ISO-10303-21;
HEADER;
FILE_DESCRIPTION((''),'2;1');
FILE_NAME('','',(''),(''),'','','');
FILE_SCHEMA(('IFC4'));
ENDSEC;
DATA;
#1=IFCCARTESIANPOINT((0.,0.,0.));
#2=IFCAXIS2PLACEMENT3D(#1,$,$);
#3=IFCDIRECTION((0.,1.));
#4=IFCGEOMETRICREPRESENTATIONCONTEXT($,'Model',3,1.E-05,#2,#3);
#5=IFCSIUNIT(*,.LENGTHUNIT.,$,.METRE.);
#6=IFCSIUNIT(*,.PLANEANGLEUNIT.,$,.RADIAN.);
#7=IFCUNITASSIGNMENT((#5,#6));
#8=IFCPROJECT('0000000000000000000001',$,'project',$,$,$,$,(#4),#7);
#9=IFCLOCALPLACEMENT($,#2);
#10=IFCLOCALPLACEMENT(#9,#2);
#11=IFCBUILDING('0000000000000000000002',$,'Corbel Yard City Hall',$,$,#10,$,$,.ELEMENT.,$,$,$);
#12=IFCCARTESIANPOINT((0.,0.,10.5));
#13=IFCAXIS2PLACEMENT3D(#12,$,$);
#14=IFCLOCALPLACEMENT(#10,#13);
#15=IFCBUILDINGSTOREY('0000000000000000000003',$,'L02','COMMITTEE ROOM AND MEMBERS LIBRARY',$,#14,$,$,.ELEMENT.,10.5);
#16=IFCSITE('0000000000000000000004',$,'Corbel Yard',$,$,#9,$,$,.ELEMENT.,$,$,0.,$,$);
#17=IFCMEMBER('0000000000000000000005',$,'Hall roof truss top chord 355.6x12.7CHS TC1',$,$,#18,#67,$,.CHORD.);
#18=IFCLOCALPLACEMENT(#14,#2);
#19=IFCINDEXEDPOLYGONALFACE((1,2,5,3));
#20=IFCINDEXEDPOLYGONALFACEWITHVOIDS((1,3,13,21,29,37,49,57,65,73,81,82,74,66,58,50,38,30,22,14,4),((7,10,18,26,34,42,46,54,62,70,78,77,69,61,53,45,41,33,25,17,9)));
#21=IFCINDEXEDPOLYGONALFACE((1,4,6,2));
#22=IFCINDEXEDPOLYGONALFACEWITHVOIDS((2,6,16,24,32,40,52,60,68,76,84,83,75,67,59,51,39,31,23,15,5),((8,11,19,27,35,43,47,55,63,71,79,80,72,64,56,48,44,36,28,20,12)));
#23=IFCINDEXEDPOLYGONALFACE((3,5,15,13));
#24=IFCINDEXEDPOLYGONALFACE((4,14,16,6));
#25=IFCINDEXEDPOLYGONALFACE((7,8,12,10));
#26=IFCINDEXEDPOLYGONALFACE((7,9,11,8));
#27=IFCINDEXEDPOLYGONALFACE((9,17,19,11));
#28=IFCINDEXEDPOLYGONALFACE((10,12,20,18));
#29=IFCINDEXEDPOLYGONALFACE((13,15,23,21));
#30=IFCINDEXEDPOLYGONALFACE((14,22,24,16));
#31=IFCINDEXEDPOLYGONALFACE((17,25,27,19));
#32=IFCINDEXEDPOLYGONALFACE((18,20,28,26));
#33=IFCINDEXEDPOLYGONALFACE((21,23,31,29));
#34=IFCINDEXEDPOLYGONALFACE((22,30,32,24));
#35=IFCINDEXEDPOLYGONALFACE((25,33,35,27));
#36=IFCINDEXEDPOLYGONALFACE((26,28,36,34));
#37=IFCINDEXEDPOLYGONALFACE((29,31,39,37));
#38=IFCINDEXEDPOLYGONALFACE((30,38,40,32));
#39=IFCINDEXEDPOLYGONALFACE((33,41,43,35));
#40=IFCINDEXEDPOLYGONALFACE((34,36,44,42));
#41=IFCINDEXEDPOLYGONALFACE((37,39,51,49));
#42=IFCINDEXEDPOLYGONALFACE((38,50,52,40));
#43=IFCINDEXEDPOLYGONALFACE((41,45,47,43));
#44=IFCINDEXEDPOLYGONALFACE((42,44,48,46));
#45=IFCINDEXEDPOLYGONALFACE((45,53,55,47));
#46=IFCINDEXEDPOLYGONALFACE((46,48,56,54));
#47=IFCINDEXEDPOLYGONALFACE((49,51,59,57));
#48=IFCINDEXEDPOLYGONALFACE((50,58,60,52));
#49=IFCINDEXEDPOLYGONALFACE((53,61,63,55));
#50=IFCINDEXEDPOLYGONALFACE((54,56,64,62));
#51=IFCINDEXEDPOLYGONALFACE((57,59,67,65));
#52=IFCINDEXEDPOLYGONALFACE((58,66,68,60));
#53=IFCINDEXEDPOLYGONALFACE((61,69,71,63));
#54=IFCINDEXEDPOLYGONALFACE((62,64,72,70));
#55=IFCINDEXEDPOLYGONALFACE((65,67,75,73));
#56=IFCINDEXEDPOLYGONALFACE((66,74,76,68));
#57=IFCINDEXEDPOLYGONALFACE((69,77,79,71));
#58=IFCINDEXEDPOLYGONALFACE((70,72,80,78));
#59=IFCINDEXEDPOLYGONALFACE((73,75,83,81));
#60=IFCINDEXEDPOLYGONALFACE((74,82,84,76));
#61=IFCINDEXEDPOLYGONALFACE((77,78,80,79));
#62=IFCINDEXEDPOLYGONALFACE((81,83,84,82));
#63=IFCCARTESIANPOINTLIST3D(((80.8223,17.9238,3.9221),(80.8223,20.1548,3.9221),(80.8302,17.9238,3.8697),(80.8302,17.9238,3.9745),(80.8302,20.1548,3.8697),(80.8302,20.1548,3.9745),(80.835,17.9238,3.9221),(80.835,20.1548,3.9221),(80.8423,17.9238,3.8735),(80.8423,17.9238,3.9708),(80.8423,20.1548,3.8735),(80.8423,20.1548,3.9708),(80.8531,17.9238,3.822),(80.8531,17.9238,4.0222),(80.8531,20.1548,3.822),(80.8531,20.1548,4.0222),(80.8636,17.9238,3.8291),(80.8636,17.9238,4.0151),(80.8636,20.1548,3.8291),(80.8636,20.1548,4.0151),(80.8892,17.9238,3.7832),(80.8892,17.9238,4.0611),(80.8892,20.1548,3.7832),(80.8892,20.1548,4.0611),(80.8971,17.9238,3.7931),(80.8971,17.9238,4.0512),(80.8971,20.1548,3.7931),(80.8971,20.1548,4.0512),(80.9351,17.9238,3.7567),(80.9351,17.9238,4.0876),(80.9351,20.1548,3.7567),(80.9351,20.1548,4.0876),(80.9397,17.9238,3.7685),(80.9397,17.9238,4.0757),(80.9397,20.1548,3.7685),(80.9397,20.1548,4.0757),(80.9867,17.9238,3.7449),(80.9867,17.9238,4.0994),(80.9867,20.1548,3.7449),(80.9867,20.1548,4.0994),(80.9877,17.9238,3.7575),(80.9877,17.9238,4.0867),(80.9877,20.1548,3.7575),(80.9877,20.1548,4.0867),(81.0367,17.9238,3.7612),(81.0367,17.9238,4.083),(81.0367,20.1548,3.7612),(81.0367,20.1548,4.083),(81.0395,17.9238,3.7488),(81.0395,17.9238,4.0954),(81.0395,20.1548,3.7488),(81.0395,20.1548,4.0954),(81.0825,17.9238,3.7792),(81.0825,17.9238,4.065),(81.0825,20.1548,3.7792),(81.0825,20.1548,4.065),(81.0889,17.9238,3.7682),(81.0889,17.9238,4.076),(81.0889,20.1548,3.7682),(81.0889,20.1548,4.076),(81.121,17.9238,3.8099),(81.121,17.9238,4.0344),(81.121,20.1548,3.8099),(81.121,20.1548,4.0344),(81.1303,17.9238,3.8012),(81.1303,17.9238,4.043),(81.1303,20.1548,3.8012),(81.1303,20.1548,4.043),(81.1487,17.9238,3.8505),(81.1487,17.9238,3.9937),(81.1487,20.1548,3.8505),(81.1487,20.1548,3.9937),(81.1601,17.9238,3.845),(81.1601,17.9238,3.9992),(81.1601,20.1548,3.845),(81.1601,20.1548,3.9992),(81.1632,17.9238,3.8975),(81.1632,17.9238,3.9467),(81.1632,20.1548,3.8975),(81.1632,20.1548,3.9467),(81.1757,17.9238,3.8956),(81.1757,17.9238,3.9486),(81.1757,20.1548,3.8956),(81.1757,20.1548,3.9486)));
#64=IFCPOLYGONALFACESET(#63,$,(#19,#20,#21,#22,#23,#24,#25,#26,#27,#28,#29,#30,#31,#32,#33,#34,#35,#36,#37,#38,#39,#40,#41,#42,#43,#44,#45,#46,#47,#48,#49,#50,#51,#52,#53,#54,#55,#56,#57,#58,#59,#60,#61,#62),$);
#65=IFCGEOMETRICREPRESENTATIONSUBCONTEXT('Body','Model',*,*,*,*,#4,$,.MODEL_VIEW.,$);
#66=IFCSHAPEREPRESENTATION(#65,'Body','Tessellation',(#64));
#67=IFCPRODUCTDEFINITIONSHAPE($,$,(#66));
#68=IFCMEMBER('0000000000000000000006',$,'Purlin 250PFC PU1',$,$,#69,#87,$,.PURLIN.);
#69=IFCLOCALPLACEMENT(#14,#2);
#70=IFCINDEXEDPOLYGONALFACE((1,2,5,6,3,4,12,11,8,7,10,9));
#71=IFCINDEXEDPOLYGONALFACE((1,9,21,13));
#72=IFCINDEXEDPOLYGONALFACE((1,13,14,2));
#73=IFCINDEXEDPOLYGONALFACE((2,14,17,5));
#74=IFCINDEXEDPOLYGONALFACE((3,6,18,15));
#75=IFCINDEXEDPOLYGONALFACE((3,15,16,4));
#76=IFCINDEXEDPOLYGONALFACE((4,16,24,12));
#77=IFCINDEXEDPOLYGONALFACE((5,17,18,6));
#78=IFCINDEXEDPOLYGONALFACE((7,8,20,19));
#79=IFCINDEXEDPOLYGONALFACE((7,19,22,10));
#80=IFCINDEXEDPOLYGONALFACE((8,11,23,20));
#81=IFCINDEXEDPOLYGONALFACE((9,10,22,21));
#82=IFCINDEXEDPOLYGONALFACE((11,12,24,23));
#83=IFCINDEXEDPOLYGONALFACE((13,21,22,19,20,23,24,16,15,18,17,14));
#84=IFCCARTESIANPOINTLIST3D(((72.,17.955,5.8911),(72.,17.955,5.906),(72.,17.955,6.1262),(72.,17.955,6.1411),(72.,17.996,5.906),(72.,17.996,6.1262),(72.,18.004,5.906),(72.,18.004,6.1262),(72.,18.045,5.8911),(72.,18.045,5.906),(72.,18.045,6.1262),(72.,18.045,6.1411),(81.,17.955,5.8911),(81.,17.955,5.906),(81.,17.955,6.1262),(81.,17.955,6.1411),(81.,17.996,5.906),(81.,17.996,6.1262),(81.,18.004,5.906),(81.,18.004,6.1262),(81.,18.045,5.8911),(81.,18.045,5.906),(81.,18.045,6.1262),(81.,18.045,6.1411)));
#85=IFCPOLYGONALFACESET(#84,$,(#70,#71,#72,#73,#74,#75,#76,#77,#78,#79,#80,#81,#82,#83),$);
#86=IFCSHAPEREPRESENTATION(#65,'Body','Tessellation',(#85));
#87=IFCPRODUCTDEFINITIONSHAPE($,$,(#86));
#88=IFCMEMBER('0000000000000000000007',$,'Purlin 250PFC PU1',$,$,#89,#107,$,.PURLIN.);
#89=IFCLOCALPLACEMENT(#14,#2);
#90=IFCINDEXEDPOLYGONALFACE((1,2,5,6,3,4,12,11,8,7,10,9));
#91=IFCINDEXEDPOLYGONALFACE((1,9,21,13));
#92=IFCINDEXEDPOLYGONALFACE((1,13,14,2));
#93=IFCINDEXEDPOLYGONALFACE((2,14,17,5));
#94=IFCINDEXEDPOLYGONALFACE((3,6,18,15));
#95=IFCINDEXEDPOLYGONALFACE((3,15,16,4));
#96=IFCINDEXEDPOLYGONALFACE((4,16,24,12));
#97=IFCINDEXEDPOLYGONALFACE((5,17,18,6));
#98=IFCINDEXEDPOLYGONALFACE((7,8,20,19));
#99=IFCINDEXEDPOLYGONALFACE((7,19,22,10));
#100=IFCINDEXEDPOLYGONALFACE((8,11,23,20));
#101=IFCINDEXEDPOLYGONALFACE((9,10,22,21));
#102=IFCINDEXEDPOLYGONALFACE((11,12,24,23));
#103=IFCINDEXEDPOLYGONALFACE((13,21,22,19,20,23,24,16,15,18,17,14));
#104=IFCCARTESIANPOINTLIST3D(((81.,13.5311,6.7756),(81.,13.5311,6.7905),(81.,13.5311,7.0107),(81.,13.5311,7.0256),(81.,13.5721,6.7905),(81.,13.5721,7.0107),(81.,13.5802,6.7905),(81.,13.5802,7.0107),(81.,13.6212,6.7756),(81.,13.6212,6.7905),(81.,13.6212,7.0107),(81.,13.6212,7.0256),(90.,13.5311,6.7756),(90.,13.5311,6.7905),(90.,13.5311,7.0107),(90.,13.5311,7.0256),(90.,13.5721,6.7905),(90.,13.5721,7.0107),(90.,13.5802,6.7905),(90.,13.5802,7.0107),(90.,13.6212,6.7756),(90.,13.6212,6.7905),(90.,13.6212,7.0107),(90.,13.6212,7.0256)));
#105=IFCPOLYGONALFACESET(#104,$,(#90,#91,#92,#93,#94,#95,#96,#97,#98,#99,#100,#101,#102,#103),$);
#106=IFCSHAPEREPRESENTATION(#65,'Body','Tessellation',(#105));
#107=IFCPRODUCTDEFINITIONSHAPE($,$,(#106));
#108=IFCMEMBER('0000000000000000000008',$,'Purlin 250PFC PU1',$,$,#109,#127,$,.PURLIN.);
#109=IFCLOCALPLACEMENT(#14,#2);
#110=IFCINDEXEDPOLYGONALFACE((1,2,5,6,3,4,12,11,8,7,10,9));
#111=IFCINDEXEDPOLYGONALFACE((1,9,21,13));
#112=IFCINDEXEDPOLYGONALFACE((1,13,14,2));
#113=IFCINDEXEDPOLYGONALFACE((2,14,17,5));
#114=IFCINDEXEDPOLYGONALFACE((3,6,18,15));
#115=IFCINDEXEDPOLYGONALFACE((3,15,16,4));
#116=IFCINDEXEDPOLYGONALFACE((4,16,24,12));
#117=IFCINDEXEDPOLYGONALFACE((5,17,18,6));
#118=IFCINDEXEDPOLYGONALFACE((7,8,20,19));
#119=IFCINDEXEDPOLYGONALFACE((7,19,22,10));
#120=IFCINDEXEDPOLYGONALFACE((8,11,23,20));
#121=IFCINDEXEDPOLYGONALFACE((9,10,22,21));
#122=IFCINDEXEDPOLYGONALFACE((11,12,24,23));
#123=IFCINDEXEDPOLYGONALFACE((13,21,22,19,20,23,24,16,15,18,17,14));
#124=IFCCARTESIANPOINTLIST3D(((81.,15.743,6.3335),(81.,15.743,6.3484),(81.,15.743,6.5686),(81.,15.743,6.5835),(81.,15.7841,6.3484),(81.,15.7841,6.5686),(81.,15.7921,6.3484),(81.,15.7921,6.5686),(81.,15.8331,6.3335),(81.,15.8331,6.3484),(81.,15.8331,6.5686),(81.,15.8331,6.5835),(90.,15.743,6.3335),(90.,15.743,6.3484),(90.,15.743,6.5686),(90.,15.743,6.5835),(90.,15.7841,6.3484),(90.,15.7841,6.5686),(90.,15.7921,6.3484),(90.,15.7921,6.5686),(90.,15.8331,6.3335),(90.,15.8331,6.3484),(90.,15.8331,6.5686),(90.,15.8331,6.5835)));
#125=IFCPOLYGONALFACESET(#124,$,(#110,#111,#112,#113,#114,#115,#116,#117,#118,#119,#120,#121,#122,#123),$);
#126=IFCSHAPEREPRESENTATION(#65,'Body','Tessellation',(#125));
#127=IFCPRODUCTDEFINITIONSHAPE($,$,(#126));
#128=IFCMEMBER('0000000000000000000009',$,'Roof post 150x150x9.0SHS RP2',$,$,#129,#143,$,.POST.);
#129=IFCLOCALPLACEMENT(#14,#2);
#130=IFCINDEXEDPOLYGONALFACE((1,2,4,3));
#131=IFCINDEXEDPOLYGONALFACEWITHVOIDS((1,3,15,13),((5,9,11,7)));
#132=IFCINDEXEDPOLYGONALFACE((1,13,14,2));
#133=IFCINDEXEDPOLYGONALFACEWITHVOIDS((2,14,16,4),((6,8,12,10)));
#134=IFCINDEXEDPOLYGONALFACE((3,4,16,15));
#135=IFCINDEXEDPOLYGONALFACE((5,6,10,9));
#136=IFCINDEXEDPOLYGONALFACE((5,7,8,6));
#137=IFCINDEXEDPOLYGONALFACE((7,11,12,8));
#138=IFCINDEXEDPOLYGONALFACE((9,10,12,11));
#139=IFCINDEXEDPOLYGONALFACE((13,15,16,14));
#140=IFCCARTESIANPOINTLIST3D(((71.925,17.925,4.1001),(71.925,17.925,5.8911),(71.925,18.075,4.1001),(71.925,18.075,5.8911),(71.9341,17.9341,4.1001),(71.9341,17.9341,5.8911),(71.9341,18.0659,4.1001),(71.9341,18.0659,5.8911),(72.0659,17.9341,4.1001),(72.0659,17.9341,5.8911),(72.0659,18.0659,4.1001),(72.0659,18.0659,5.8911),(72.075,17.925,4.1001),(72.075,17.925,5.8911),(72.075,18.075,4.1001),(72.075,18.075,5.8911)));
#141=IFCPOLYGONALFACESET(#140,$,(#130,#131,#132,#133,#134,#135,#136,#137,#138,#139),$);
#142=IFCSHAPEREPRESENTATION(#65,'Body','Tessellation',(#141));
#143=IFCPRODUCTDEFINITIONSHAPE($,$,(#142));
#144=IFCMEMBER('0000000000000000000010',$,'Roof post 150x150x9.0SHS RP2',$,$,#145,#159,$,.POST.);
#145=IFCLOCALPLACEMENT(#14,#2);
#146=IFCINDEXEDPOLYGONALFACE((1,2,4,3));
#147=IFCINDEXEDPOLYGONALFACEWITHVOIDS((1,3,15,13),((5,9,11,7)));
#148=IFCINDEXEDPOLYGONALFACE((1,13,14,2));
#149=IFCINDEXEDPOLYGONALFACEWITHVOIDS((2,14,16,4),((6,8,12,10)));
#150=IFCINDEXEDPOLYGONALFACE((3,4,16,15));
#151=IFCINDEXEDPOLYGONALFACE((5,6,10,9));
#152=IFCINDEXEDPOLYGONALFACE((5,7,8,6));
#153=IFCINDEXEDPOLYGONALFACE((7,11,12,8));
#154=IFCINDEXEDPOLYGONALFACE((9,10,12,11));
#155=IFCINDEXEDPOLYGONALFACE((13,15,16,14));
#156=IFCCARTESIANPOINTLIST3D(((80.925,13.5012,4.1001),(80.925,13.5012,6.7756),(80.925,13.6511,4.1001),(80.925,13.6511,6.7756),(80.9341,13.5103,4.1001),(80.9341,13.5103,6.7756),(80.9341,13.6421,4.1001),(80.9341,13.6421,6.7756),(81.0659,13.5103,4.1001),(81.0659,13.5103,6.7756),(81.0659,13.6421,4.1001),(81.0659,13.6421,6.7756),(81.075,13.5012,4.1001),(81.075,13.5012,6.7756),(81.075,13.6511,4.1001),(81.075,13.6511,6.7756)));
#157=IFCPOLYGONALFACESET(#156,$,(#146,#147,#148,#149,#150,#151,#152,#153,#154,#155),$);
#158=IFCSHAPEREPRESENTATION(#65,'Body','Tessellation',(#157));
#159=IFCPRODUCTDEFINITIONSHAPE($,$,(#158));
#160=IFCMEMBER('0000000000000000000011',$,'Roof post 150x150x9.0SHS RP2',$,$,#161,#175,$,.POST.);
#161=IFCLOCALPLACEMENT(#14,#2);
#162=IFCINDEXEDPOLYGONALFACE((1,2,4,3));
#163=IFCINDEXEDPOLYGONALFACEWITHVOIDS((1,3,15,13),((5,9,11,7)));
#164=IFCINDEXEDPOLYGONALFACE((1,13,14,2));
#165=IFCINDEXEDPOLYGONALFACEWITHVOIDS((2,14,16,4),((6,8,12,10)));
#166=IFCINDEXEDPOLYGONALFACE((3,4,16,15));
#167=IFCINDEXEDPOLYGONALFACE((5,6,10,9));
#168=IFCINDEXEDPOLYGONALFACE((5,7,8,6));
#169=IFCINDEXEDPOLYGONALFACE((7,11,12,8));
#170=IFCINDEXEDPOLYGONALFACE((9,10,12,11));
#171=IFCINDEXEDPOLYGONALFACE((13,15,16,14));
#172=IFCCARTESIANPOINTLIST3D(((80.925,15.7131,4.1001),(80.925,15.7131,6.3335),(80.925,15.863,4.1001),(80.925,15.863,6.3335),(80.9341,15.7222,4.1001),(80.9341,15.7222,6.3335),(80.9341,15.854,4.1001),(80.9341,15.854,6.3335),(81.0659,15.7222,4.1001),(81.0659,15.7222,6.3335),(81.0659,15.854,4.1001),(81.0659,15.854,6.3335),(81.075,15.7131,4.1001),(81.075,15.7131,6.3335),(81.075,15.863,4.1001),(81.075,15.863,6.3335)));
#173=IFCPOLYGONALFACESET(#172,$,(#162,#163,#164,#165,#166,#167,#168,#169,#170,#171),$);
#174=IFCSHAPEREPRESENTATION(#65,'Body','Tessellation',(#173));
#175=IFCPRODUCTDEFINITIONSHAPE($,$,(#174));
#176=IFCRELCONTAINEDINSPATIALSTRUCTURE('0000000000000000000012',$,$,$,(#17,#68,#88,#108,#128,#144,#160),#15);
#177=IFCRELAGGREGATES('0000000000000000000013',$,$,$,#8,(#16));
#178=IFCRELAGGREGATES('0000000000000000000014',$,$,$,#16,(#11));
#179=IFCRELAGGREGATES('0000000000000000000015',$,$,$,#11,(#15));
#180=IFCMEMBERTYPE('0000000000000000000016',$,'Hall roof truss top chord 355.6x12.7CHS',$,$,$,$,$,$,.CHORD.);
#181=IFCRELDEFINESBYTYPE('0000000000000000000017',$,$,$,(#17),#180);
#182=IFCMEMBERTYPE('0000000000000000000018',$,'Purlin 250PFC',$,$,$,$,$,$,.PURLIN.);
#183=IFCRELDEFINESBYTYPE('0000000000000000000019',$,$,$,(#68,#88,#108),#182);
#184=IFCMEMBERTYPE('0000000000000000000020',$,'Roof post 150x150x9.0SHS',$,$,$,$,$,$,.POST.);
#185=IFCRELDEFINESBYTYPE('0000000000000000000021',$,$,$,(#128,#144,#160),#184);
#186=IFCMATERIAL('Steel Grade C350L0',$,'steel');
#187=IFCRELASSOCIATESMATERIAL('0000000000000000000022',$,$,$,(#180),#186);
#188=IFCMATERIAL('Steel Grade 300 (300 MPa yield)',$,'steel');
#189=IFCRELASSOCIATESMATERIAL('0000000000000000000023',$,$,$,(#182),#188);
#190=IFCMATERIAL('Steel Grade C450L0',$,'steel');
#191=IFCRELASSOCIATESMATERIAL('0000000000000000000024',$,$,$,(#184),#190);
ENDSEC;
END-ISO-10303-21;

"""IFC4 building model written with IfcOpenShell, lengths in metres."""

from ifc_helpers import new_model, si_unit, direction, frame, origin, origin_2d, place, context, subcontext, project, spatial, hollow_rectangle, hollow_circle, i_section, extrude, material, material_profile, profile_set, type_object, element, save


model = new_model("IFC4")

# Units and contexts
model_context = context("Model", 3, precision=1e-05, world=origin(), true_north=direction((0.0, 1.0)))
body_context = subcontext(model_context, "Body", "Model", "MODEL_VIEW")
ifc_project = project(units=[si_unit("LENGTHUNIT", "METRE"), si_unit("PLANEANGLEUNIT", "RADIAN")], contexts=[model_context])

# Site, building, storey
site_placement = place(None, origin())
site = spatial("IfcSite", under=ifc_project, at=site_placement, Name="Corbel Yard", CompositionType="ELEMENT", RefElevation=0.0)
building_placement = place(site_placement, origin())
building = spatial("IfcBuilding", under=site, at=building_placement, Name="Corbel Yard City Hall", CompositionType="ELEMENT")
storey_placement = place(building_placement, frame((0.0, 0.0, 10.5)))
storey = spatial("IfcBuildingStorey", under=building, at=storey_placement, Name="L02", Description="COMMITTEE ROOM AND MEMBERS LIBRARY", CompositionType="ELEMENT", Elevation=10.5)

# Shared definitions
ifc_material_1 = material(Name="Steel Grade 300 (300 MPa yield)", Category="steel")

# Members
ifc_material_2 = material(Name="Steel Grade C350L0", Category="steel")
ifc_material_profile_1 = material_profile(ifc_material_2, hollow_circle(Radius=0.1777, WallThickness=0.0127, at=origin_2d()), Name="355.6x12.7CHS")
ifc_profile_set_1 = profile_set([ifc_material_profile_1], Name="Steel Grade C350L0")
member_type_1 = type_object("IfcMemberType", Name="Hall roof truss top chord 355.6x12.7CHS", PredefinedType="CHORD", material=ifc_profile_set_1)
for number, where, z_axis, x_axis, name in (
    (1, (81.0, 17.9238, 3.9221), (0.0, 1.0, 0.0), (-1.0, 0.0, 0.0), "Hall roof truss top chord 355.6x12.7CHS TC1"),
):
    element("IfcMember", number, at=place(storey_placement, frame(where, z_axis=z_axis, x_axis=x_axis)), inside=storey, type_object=member_type_1, Name=name, PredefinedType="CHORD", context=body_context, shape_type="SweptSolid", body=[
        extrude(hollow_circle(Radius=0.1777, WallThickness=0.0127, at=origin_2d()), origin(), (0.0, 0.0, 1.0), 2.231),
    ])
ifc_material_profile_2 = material_profile(ifc_material_1, i_section(OverallWidth=0.0901, OverallDepth=0.25, WebThickness=0.0081, FlangeThickness=0.0149, at=origin_2d()), Name="250PFC")
ifc_profile_set_2 = profile_set([ifc_material_profile_2], Name="Steel Grade 300 (300 MPa yield)")
member_type_2 = type_object("IfcMemberType", Name="Purlin 250PFC", PredefinedType="PURLIN", material=ifc_profile_set_2)
for number, where, z_axis, x_axis, name in (
    (2, (72.0, 18.0, 6.0161), (1.0, 0.0, 0.0), (0.0, 1.0, 0.0), "Purlin 250PFC PU1"),
    (3, (81.0, 13.5762, 6.9006), (1.0, 0.0, 0.0), (0.0, 1.0, 0.0), "Purlin 250PFC PU1"),
    (4, (81.0, 15.7881, 6.4585), (1.0, 0.0, 0.0), (0.0, 1.0, 0.0), "Purlin 250PFC PU1"),
):
    element("IfcMember", number, at=place(storey_placement, frame(where, z_axis=z_axis, x_axis=x_axis)), inside=storey, type_object=member_type_2, Name=name, PredefinedType="PURLIN", context=body_context, shape_type="SweptSolid", body=[
        extrude(i_section(OverallWidth=0.0901, OverallDepth=0.25, WebThickness=0.0081, FlangeThickness=0.0149, at=origin_2d()), origin(), (0.0, 0.0, 1.0), 9.0),
    ])
ifc_material_3 = material(Name="Steel Grade C450L0", Category="steel")
ifc_material_profile_3 = material_profile(ifc_material_3, hollow_rectangle(XDim=0.1499, YDim=0.1499, WallThickness=0.009, at=origin_2d()), Name="150x150x9.0SHS")
ifc_profile_set_3 = profile_set([ifc_material_profile_3], Name="Steel Grade C450L0")
member_type_3 = type_object("IfcMemberType", Name="Roof post 150x150x9.0SHS", PredefinedType="POST", material=ifc_profile_set_3)
member_1_placement = place(storey_placement, frame((72.0, 18.0, 4.1001), z_axis=(0.0, 0.0, 1.0), x_axis=(1.0, 0.0, 0.0)))
element("IfcMember", 5, at=member_1_placement, inside=storey, type_object=member_type_3, Name="Roof post 150x150x9.0SHS RP2", PredefinedType="POST", context=body_context, shape_type="SweptSolid", body=[
    extrude(hollow_rectangle(XDim=0.1499, YDim=0.1499, WallThickness=0.009, at=origin_2d()), origin(), (0.0, 0.0, 1.0), 1.791),
])
member_2_placement = place(storey_placement, frame((81.0, 13.5762, 4.1001), z_axis=(0.0, 0.0, 1.0), x_axis=(1.0, 0.0, 0.0)))
element("IfcMember", 6, at=member_2_placement, inside=storey, type_object=member_type_3, Name="Roof post 150x150x9.0SHS RP2", PredefinedType="POST", context=body_context, shape_type="SweptSolid", body=[
    extrude(hollow_rectangle(XDim=0.1499, YDim=0.1499, WallThickness=0.009, at=origin_2d()), origin(), (0.0, 0.0, 1.0), 2.6755),
])
member_3_placement = place(storey_placement, frame((81.0, 15.7881, 4.1001), z_axis=(0.0, 0.0, 1.0), x_axis=(1.0, 0.0, 0.0)))
element("IfcMember", 7, at=member_3_placement, inside=storey, type_object=member_type_3, Name="Roof post 150x150x9.0SHS RP2", PredefinedType="POST", context=body_context, shape_type="SweptSolid", body=[
    extrude(hollow_rectangle(XDim=0.1499, YDim=0.1499, WallThickness=0.009, at=origin_2d()), origin(), (0.0, 0.0, 1.0), 2.2334),
])

save(model, "model.ifc")
